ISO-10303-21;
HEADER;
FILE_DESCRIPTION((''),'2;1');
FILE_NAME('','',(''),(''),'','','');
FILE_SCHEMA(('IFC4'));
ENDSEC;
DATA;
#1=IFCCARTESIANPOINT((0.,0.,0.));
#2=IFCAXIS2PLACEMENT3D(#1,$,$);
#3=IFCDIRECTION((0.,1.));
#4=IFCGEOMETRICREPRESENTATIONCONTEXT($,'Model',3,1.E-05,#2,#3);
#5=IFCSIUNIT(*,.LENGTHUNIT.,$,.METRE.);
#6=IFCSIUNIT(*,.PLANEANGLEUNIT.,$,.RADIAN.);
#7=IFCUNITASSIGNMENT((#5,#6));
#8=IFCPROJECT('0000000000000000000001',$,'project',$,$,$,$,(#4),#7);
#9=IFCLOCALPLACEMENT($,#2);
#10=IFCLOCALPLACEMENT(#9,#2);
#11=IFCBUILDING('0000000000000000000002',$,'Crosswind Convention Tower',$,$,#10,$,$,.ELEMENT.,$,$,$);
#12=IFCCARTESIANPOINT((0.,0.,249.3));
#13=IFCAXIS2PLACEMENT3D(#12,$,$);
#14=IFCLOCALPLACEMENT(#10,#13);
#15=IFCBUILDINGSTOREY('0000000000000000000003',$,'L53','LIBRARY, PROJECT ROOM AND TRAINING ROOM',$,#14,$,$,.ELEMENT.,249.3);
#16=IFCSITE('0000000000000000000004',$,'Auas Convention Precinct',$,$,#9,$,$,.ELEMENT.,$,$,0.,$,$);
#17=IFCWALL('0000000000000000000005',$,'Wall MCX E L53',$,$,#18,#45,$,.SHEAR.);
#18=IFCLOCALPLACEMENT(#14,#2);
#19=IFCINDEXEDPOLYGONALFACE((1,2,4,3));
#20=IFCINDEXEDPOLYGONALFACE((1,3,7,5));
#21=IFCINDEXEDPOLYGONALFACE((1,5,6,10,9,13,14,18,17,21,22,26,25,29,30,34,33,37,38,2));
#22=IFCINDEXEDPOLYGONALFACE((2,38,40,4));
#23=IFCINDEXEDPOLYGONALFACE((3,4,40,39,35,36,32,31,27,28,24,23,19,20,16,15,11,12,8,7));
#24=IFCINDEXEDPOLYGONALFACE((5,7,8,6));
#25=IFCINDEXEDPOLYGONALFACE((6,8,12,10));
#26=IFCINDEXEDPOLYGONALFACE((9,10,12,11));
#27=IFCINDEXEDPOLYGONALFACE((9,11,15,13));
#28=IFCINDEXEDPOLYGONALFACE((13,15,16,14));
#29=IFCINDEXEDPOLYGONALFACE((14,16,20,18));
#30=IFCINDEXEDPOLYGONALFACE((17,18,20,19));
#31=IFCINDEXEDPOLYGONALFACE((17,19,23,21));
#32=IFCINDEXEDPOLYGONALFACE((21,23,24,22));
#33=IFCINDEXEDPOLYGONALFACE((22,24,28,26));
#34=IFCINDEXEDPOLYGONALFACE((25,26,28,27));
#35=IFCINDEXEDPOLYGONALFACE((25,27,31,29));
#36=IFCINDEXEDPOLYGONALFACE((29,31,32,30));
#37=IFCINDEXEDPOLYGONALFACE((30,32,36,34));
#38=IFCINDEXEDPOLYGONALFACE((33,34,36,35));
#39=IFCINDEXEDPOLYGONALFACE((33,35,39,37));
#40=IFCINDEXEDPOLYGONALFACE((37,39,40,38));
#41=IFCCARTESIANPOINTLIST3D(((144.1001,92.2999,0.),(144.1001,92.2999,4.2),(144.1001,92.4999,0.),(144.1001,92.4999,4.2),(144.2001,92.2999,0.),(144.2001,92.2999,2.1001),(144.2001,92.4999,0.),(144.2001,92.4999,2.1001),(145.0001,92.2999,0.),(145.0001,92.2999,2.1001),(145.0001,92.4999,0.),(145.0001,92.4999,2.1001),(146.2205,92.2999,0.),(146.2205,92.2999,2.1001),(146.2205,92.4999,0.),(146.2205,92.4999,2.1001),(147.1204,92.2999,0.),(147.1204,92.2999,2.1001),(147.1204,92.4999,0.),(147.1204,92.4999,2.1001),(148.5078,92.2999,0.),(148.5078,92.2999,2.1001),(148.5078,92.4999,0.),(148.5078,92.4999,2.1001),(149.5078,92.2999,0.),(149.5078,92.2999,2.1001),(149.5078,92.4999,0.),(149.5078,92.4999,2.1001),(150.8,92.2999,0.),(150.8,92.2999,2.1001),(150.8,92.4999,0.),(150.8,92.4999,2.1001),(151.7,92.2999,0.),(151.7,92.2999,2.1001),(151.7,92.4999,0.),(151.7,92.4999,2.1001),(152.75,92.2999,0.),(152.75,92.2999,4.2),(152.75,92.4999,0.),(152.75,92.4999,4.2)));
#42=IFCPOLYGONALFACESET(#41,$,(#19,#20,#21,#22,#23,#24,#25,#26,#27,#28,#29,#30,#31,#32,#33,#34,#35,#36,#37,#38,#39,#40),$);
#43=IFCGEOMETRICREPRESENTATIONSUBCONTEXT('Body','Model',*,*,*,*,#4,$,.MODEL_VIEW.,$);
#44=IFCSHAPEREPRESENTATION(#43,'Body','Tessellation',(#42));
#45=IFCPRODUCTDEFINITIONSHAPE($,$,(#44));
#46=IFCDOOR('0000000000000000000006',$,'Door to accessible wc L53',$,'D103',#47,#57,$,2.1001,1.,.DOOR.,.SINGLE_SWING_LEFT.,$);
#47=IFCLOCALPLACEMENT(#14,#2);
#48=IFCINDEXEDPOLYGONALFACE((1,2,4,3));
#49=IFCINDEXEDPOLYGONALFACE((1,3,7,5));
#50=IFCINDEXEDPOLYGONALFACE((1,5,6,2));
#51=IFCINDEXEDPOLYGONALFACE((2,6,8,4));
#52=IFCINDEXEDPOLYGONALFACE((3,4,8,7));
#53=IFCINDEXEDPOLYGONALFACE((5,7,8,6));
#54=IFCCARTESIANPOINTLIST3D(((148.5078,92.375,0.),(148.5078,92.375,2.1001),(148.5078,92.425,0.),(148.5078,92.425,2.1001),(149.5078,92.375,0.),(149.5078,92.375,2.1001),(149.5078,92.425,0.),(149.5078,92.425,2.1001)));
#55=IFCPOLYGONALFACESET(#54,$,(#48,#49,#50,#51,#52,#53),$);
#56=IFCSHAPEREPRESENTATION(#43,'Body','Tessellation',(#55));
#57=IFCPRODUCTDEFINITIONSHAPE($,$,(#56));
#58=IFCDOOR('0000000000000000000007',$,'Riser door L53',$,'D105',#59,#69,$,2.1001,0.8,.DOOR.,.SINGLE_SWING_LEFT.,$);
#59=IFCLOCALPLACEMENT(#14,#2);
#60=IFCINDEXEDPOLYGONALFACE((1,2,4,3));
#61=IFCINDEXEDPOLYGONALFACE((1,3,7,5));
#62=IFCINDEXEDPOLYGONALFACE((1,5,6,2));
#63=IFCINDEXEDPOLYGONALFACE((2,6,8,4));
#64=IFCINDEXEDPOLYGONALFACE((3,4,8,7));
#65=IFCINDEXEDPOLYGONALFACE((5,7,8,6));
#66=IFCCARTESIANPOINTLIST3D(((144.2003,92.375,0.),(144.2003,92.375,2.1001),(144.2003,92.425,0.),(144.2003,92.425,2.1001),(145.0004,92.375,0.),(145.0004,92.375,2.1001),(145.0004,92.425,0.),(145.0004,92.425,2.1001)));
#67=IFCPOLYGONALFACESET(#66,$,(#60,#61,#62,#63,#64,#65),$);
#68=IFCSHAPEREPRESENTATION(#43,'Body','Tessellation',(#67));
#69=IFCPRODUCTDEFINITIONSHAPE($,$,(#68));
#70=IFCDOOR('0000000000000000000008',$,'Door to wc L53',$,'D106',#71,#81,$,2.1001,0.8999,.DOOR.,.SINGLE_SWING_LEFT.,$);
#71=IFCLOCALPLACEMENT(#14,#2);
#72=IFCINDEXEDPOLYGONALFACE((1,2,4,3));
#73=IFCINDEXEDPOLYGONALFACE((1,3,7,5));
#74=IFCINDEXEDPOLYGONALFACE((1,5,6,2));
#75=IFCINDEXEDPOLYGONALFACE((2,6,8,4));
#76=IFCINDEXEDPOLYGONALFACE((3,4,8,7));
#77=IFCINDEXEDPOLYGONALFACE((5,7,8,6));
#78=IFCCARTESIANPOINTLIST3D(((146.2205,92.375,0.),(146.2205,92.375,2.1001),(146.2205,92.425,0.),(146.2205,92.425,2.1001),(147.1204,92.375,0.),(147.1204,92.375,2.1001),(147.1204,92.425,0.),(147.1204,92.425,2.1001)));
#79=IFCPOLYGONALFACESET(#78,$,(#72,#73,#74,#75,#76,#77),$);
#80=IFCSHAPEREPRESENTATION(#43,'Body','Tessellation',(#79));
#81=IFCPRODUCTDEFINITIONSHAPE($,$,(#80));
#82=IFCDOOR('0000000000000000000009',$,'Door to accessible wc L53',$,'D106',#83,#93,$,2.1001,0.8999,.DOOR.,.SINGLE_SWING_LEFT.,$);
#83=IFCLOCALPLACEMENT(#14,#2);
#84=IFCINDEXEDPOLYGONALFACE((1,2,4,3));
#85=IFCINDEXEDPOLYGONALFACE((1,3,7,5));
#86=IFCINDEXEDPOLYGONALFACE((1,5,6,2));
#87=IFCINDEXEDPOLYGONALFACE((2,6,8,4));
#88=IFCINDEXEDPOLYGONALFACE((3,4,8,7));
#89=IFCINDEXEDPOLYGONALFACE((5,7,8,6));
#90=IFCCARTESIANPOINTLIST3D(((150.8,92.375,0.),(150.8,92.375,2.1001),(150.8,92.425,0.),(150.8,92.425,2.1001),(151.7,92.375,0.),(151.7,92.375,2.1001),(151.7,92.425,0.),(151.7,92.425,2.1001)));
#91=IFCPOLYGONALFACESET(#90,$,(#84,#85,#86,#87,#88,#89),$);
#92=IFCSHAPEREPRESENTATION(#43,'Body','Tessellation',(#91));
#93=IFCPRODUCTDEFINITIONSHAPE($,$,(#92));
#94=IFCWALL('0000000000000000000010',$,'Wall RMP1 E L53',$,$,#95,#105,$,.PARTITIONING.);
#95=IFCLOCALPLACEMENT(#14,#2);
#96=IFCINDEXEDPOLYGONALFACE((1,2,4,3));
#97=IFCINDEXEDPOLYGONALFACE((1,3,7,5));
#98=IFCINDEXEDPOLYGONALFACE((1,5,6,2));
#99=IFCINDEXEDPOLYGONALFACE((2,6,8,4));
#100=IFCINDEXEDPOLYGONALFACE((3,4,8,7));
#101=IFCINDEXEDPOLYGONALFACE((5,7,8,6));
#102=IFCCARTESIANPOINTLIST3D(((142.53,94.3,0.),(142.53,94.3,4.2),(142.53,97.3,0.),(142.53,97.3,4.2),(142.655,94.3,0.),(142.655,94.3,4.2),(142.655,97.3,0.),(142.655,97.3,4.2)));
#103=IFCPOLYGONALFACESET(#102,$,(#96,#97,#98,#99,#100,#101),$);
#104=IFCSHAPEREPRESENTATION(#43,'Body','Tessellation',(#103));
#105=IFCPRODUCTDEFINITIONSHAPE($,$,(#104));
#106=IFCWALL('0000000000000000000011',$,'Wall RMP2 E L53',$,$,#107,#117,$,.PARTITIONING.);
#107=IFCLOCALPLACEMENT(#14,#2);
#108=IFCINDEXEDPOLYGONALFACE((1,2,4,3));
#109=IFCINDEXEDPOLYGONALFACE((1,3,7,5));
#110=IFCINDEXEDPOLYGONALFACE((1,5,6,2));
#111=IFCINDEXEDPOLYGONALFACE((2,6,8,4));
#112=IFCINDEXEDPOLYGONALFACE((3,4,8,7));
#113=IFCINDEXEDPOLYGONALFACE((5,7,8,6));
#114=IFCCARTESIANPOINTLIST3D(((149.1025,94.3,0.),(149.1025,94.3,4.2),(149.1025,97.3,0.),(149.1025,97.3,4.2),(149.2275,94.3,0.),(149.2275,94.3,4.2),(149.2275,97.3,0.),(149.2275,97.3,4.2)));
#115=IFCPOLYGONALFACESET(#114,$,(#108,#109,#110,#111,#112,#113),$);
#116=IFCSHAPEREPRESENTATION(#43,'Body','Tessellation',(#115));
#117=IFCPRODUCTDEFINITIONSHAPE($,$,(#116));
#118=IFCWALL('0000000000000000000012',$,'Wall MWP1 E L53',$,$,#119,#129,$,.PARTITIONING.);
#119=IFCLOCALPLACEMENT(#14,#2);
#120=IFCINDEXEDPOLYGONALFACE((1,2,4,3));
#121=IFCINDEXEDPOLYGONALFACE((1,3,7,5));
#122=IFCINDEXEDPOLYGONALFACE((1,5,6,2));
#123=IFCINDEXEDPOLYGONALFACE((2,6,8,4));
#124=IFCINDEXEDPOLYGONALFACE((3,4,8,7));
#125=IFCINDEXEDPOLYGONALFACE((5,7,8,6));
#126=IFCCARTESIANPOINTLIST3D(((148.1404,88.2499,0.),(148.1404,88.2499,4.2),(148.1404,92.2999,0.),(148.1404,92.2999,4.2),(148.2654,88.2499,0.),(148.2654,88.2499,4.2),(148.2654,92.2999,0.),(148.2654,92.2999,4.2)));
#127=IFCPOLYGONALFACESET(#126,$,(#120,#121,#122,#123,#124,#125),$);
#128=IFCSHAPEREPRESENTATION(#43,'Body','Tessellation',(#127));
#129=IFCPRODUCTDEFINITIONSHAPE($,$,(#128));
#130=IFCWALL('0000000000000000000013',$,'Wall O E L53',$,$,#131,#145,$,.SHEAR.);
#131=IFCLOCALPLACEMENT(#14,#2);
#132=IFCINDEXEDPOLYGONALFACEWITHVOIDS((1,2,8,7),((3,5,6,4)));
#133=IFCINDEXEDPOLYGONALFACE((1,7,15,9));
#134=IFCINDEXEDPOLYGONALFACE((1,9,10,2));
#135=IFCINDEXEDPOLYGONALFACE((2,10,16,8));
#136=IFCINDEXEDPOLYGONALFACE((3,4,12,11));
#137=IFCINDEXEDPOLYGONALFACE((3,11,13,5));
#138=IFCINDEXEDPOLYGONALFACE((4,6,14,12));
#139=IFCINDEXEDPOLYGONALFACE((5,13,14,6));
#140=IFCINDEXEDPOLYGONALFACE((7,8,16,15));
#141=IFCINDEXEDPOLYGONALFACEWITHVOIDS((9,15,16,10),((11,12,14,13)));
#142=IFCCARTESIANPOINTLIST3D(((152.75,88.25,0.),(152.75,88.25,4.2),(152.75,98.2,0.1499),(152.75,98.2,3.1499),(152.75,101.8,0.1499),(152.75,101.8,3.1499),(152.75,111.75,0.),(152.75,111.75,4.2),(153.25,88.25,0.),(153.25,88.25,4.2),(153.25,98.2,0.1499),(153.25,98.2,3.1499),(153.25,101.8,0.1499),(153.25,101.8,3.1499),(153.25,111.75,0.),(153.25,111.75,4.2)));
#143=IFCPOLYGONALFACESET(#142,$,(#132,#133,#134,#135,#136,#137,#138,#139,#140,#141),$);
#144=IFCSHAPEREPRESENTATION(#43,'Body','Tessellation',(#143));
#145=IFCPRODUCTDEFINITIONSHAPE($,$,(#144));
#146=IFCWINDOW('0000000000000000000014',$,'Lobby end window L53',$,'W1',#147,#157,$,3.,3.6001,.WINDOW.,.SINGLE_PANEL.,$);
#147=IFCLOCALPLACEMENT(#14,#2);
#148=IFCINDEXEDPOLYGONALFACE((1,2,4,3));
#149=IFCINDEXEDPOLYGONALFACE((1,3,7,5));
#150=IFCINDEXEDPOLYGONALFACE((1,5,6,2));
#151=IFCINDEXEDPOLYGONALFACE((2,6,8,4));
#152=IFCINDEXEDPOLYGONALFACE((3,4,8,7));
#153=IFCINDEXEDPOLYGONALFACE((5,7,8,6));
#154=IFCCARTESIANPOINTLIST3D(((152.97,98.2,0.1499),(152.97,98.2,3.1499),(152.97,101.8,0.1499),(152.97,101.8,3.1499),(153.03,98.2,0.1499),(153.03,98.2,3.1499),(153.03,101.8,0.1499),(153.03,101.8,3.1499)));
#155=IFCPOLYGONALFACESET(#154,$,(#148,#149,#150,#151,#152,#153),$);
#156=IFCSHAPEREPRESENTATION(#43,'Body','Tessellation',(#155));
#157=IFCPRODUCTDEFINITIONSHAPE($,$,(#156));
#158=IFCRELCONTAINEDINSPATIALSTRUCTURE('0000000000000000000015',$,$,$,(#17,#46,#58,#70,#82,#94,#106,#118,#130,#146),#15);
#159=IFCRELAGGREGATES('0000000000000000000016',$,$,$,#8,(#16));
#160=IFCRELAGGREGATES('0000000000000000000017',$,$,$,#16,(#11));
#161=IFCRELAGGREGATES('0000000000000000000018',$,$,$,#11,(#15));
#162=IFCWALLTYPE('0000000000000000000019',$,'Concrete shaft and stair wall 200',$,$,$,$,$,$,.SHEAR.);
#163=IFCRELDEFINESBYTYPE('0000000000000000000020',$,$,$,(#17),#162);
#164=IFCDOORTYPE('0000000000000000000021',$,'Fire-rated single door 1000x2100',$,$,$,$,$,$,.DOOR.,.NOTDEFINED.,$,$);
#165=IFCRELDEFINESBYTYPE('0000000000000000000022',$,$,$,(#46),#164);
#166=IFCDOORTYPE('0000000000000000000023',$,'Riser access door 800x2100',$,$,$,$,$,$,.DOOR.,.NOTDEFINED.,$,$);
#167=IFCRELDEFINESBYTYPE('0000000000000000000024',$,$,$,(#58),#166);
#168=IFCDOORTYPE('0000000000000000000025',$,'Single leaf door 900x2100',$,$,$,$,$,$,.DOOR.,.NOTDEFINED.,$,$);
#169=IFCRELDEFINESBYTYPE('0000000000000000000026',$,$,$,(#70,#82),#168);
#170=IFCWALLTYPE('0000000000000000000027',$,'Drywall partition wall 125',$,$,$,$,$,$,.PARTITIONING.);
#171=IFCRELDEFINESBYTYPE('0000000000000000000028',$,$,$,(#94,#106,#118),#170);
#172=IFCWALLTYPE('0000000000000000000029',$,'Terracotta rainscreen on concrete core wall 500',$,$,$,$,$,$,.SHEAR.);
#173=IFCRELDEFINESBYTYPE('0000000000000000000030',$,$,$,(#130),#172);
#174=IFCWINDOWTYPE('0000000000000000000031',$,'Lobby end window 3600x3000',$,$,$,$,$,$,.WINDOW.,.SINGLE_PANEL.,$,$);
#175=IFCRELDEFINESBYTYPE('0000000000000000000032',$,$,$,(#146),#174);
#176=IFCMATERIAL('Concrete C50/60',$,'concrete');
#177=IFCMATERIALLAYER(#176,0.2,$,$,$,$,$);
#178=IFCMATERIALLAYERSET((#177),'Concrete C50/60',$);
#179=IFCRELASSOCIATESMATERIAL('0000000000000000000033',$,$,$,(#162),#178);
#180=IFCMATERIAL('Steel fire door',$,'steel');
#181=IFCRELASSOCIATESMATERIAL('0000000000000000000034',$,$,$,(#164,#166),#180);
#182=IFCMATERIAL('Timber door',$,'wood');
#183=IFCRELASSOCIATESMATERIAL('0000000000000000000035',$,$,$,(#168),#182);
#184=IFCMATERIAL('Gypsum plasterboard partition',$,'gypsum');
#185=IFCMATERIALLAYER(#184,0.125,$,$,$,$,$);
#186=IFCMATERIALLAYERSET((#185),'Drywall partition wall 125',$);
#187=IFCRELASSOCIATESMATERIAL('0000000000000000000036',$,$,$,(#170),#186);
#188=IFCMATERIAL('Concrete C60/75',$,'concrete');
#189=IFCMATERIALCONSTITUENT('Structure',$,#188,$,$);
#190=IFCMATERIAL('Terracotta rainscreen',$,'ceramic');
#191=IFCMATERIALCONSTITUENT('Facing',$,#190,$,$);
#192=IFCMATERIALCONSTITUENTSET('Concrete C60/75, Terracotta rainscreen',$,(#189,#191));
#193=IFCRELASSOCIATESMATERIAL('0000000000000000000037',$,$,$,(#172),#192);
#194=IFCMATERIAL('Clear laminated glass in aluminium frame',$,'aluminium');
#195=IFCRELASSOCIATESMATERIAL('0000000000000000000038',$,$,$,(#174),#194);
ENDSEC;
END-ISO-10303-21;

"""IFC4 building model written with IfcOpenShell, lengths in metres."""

from ifc_helpers import new_model, si_unit, direction, frame, frame_2d, origin, place, context, subcontext, project, spatial, rectangle, extrude, material, layer, layer_set, constituent, constituent_set, type_object, element, fill, save


model = new_model("IFC4")

# Units and contexts
model_context = context("Model", 3, precision=1e-05, world=origin(), true_north=direction((0.0, 1.0)))
body_context = subcontext(model_context, "Body", "Model", "MODEL_VIEW")
ifc_project = project(units=[si_unit("LENGTHUNIT", "METRE"), si_unit("PLANEANGLEUNIT", "RADIAN")], contexts=[model_context])

# Site, building, storey
site_placement = place(None, origin())
site = spatial("IfcSite", under=ifc_project, at=site_placement, Name="Auas Convention Precinct", CompositionType="ELEMENT", RefElevation=0.0)
building_placement = place(site_placement, origin())
building = spatial("IfcBuilding", under=site, at=building_placement, Name="Crosswind Convention Tower", CompositionType="ELEMENT")
storey_placement = place(building_placement, frame((0.0, 0.0, 249.3)))
storey = spatial("IfcBuildingStorey", under=building, at=storey_placement, Name="L53", Description="LIBRARY, PROJECT ROOM AND TRAINING ROOM", CompositionType="ELEMENT", Elevation=249.3)

# Shared definitions
ifc_material_1 = material(Name="Concrete C50/60", Category="concrete")

# Shared definitions
ifc_layer_1 = layer(ifc_material_1, 0.2)
ifc_layer_set_1 = layer_set([ifc_layer_1], Name="Concrete C50/60")
wall_type_1 = type_object("IfcWallType", Name="Concrete shaft and stair wall 200", PredefinedType="SHEAR", material=ifc_layer_set_1)

# Shared definitions
ifc_material_2 = material(Name="Steel fire door", Category="steel")

# Shared definitions
door_type_1 = type_object("IfcDoorType", Name="Fire-rated single door 1000x2100", OperationType="NOTDEFINED", PredefinedType="DOOR", material=ifc_material_2)

# Wall, openings, doors
wall_1_placement = place(storey_placement, frame((144.1001, 92.3999, 0.0), z_axis=(0.0, 0.0, 1.0), x_axis=(1.0, 0.0, 0.0)))
wall_1 = element("IfcWall", 1, at=wall_1_placement, inside=storey, type_object=wall_type_1, Name="Wall MCX E L53", PredefinedType="SHEAR", context=body_context, shape_type="SweptSolid", body=[
    extrude(rectangle(XDim=8.6499, YDim=0.2, at=frame_2d((4.325, 0.0))), origin(), (0.0, 0.0, 1.0), 4.2),
])
opening_1_placement = place(wall_1_placement, frame((0.1001, 0.0, 0.0)))
opening_1 = element("IfcOpeningElement", 2, at=opening_1_placement, cuts=wall_1, PredefinedType="OPENING", context=body_context, shape_type="SweptSolid", body=[
    extrude(rectangle(XDim=0.8, YDim=2.1001, at=frame_2d((0.3999, 1.05))), frame((0.0, 0.1099, 0.0), z_axis=(0.0, -1.0, 0.0), x_axis=(1.0, 0.0, 0.0)), (0.0, 0.0, 1.0), 0.22),
])
opening_2_placement = place(wall_1_placement, frame((2.1204, 0.0, 0.0)))
opening_2 = element("IfcOpeningElement", 3, at=opening_2_placement, cuts=wall_1, PredefinedType="OPENING", context=body_context, shape_type="SweptSolid", body=[
    extrude(rectangle(XDim=0.8999, YDim=2.1001, at=frame_2d((0.45, 1.05))), frame((0.0, 0.1099, 0.0), z_axis=(0.0, -1.0, 0.0), x_axis=(1.0, 0.0, 0.0)), (0.0, 0.0, 1.0), 0.22),
])
opening_3_placement = place(wall_1_placement, frame((4.4077, 0.0, 0.0)))
opening_3 = element("IfcOpeningElement", 4, at=opening_3_placement, cuts=wall_1, PredefinedType="OPENING", context=body_context, shape_type="SweptSolid", body=[
    extrude(rectangle(XDim=1.0, YDim=2.1001, at=frame_2d((0.5, 1.05))), frame((0.0, 0.1099, 0.0), z_axis=(0.0, -1.0, 0.0), x_axis=(1.0, 0.0, 0.0)), (0.0, 0.0, 1.0), 0.22),
])
opening_4_placement = place(wall_1_placement, frame((6.7, 0.0, 0.0)))
opening_4 = element("IfcOpeningElement", 5, at=opening_4_placement, cuts=wall_1, PredefinedType="OPENING", context=body_context, shape_type="SweptSolid", body=[
    extrude(rectangle(XDim=0.8999, YDim=2.1001, at=frame_2d((0.45, 1.05))), frame((0.0, 0.1099, 0.0), z_axis=(0.0, -1.0, 0.0), x_axis=(1.0, 0.0, 0.0)), (0.0, 0.0, 1.0), 0.22),
])
door_1_placement = place(opening_3_placement, frame((1.0, 0.0, 0.0), z_axis=(0.0, 0.0, 1.0), x_axis=(-1.0, 0.0, 0.0)))
door_1 = element("IfcDoor", 6, at=door_1_placement, inside=storey, type_object=door_type_1, Name="Door to accessible wc L53", ObjectType="D103", OperationType="SINGLE_SWING_LEFT", OverallHeight=2.1001, OverallWidth=1.0, PredefinedType="DOOR", context=body_context, shape_type="SweptSolid", body=[
    extrude(rectangle(XDim=1.0, YDim=2.1001, at=frame_2d((0.5, 1.05))), frame((0.0, 0.0249, 0.0), z_axis=(0.0, -1.0, 0.0), x_axis=(1.0, 0.0, 0.0)), (0.0, 0.0, 1.0), 0.05),
])
fill(opening_3, door_1)
door_type_2 = type_object("IfcDoorType", Name="Riser access door 800x2100", OperationType="NOTDEFINED", PredefinedType="DOOR", material=ifc_material_2)
door_2_placement = place(opening_1_placement, frame((0.8, 0.0, 0.0), z_axis=(0.0, 0.0, 1.0), x_axis=(-1.0, 0.0, 0.0)))
door_2 = element("IfcDoor", 7, at=door_2_placement, inside=storey, type_object=door_type_2, Name="Riser door L53", ObjectType="D105", OperationType="SINGLE_SWING_LEFT", OverallHeight=2.1001, OverallWidth=0.8, PredefinedType="DOOR", context=body_context, shape_type="SweptSolid", body=[
    extrude(rectangle(XDim=0.8, YDim=2.1001, at=frame_2d((0.3999, 1.05))), frame((0.0, 0.0249, 0.0), z_axis=(0.0, -1.0, 0.0), x_axis=(1.0, 0.0, 0.0)), (0.0, 0.0, 1.0), 0.05),
])
fill(opening_1, door_2)
ifc_material_3 = material(Name="Timber door", Category="wood")
door_type_3 = type_object("IfcDoorType", Name="Single leaf door 900x2100", OperationType="NOTDEFINED", PredefinedType="DOOR", material=ifc_material_3)
door_3_placement = place(opening_2_placement, frame((0.8999, 0.0, 0.0), z_axis=(0.0, 0.0, 1.0), x_axis=(-1.0, 0.0, 0.0)))
door_3 = element("IfcDoor", 8, at=door_3_placement, inside=storey, type_object=door_type_3, Name="Door to wc L53", ObjectType="D106", OperationType="SINGLE_SWING_LEFT", OverallHeight=2.1001, OverallWidth=0.8999, PredefinedType="DOOR", context=body_context, shape_type="SweptSolid", body=[
    extrude(rectangle(XDim=0.8999, YDim=2.1001, at=frame_2d((0.45, 1.05))), frame((0.0, 0.0249, 0.0), z_axis=(0.0, -1.0, 0.0), x_axis=(1.0, 0.0, 0.0)), (0.0, 0.0, 1.0), 0.05),
])
fill(opening_2, door_3)
door_4_placement = place(opening_4_placement, frame((0.8999, 0.0, 0.0), z_axis=(0.0, 0.0, 1.0), x_axis=(-1.0, 0.0, 0.0)))
door_4 = element("IfcDoor", 9, at=door_4_placement, inside=storey, type_object=door_type_3, Name="Door to accessible wc L53", ObjectType="D106", OperationType="SINGLE_SWING_LEFT", OverallHeight=2.1001, OverallWidth=0.8999, PredefinedType="DOOR", context=body_context, shape_type="SweptSolid", body=[
    extrude(rectangle(XDim=0.8999, YDim=2.1001, at=frame_2d((0.45, 1.05))), frame((0.0, 0.0249, 0.0), z_axis=(0.0, -1.0, 0.0), x_axis=(1.0, 0.0, 0.0)), (0.0, 0.0, 1.0), 0.05),
])
fill(opening_4, door_4)

# Walls
ifc_material_4 = material(Name="Gypsum plasterboard partition", Category="gypsum")
ifc_layer_2 = layer(ifc_material_4, 0.125)
ifc_layer_set_2 = layer_set([ifc_layer_2], Name="Drywall partition wall 125")
wall_type_2 = type_object("IfcWallType", Name="Drywall partition wall 125", PredefinedType="PARTITIONING", material=ifc_layer_set_2)
for number, where, z_axis, x_axis, name in (
    (10, (142.5925, 94.3, 0.0), (0.0, 0.0, 1.0), (0.0, 1.0, 0.0), "Wall RMP1 E L53"),
    (11, (149.165, 94.3, 0.0), (0.0, 0.0, 1.0), (0.0, 1.0, 0.0), "Wall RMP2 E L53"),
):
    element("IfcWall", number, at=place(storey_placement, frame(where, z_axis=z_axis, x_axis=x_axis)), inside=storey, type_object=wall_type_2, Name=name, PredefinedType="PARTITIONING", context=body_context, shape_type="SweptSolid", body=[
        extrude(rectangle(XDim=3.0, YDim=0.125, at=frame_2d((1.5, 0.0))), origin(), (0.0, 0.0, 1.0), 4.2),
    ])
wall_2_placement = place(storey_placement, frame((148.2029, 88.25, 0.0), z_axis=(0.0, 0.0, 1.0), x_axis=(0.0, 1.0, 0.0)))
element("IfcWall", 12, at=wall_2_placement, inside=storey, type_object=wall_type_2, Name="Wall MWP1 E L53", PredefinedType="PARTITIONING", context=body_context, shape_type="SweptSolid", body=[
    extrude(rectangle(XDim=4.05, YDim=0.125, at=frame_2d((2.0249, 0.0))), origin(), (0.0, 0.0, 1.0), 4.2),
])

# Wall, opening, window
ifc_material_5 = material(Name="Concrete C60/75", Category="concrete")
ifc_constituent_1 = constituent(ifc_material_5, Name="Structure")
ifc_material_6 = material(Name="Terracotta rainscreen", Category="ceramic")
ifc_constituent_2 = constituent(ifc_material_6, Name="Facing")
ifc_constituent_set = constituent_set(constituents=[ifc_constituent_1, ifc_constituent_2], Name="Concrete C60/75, Terracotta rainscreen")
wall_type_3 = type_object("IfcWallType", Name="Terracotta rainscreen on concrete core wall 500", PredefinedType="SHEAR", material=ifc_constituent_set)
wall_3_placement = place(storey_placement, frame((153.0, 88.25, 0.0), z_axis=(0.0, 0.0, 1.0), x_axis=(0.0, 1.0, 0.0)))
wall_3 = element("IfcWall", 13, at=wall_3_placement, inside=storey, type_object=wall_type_3, Name="Wall O E L53", PredefinedType="SHEAR", context=body_context, shape_type="SweptSolid", body=[
    extrude(rectangle(XDim=23.5, YDim=0.5, at=frame_2d((11.75, 0.0))), origin(), (0.0, 0.0, 1.0), 4.2),
])
opening_5_placement = place(wall_3_placement, frame((9.95, 0.0, 0.1499)))
opening_5 = element("IfcOpeningElement", 14, at=opening_5_placement, cuts=wall_3, PredefinedType="OPENING", context=body_context, shape_type="SweptSolid", body=[
    extrude(rectangle(XDim=3.6001, YDim=3.0, at=frame_2d((1.8, 1.5))), frame((0.0, 0.26, 0.0), z_axis=(0.0, -1.0, 0.0), x_axis=(1.0, 0.0, 0.0)), (0.0, 0.0, 1.0), 0.52),
])
ifc_material_7 = material(Name="Clear laminated glass in aluminium frame", Category="aluminium")
window_type = type_object("IfcWindowType", Name="Lobby end window 3600x3000", PartitioningType="SINGLE_PANEL", PredefinedType="WINDOW", material=ifc_material_7)
window_placement = place(opening_5_placement, origin())
window = element("IfcWindow", 15, at=window_placement, inside=storey, type_object=window_type, Name="Lobby end window L53", ObjectType="W1", OverallHeight=3.0, OverallWidth=3.6001, PartitioningType="SINGLE_PANEL", PredefinedType="WINDOW", context=body_context, shape_type="SweptSolid", body=[
    extrude(rectangle(XDim=3.6001, YDim=3.0, at=frame_2d((1.8, 1.5))), frame((0.0, 0.03, 0.0), z_axis=(0.0, -1.0, 0.0), x_axis=(1.0, 0.0, 0.0)), (0.0, 0.0, 1.0), 0.0601),
])
fill(opening_5, window)

save(model, "model.ifc")
